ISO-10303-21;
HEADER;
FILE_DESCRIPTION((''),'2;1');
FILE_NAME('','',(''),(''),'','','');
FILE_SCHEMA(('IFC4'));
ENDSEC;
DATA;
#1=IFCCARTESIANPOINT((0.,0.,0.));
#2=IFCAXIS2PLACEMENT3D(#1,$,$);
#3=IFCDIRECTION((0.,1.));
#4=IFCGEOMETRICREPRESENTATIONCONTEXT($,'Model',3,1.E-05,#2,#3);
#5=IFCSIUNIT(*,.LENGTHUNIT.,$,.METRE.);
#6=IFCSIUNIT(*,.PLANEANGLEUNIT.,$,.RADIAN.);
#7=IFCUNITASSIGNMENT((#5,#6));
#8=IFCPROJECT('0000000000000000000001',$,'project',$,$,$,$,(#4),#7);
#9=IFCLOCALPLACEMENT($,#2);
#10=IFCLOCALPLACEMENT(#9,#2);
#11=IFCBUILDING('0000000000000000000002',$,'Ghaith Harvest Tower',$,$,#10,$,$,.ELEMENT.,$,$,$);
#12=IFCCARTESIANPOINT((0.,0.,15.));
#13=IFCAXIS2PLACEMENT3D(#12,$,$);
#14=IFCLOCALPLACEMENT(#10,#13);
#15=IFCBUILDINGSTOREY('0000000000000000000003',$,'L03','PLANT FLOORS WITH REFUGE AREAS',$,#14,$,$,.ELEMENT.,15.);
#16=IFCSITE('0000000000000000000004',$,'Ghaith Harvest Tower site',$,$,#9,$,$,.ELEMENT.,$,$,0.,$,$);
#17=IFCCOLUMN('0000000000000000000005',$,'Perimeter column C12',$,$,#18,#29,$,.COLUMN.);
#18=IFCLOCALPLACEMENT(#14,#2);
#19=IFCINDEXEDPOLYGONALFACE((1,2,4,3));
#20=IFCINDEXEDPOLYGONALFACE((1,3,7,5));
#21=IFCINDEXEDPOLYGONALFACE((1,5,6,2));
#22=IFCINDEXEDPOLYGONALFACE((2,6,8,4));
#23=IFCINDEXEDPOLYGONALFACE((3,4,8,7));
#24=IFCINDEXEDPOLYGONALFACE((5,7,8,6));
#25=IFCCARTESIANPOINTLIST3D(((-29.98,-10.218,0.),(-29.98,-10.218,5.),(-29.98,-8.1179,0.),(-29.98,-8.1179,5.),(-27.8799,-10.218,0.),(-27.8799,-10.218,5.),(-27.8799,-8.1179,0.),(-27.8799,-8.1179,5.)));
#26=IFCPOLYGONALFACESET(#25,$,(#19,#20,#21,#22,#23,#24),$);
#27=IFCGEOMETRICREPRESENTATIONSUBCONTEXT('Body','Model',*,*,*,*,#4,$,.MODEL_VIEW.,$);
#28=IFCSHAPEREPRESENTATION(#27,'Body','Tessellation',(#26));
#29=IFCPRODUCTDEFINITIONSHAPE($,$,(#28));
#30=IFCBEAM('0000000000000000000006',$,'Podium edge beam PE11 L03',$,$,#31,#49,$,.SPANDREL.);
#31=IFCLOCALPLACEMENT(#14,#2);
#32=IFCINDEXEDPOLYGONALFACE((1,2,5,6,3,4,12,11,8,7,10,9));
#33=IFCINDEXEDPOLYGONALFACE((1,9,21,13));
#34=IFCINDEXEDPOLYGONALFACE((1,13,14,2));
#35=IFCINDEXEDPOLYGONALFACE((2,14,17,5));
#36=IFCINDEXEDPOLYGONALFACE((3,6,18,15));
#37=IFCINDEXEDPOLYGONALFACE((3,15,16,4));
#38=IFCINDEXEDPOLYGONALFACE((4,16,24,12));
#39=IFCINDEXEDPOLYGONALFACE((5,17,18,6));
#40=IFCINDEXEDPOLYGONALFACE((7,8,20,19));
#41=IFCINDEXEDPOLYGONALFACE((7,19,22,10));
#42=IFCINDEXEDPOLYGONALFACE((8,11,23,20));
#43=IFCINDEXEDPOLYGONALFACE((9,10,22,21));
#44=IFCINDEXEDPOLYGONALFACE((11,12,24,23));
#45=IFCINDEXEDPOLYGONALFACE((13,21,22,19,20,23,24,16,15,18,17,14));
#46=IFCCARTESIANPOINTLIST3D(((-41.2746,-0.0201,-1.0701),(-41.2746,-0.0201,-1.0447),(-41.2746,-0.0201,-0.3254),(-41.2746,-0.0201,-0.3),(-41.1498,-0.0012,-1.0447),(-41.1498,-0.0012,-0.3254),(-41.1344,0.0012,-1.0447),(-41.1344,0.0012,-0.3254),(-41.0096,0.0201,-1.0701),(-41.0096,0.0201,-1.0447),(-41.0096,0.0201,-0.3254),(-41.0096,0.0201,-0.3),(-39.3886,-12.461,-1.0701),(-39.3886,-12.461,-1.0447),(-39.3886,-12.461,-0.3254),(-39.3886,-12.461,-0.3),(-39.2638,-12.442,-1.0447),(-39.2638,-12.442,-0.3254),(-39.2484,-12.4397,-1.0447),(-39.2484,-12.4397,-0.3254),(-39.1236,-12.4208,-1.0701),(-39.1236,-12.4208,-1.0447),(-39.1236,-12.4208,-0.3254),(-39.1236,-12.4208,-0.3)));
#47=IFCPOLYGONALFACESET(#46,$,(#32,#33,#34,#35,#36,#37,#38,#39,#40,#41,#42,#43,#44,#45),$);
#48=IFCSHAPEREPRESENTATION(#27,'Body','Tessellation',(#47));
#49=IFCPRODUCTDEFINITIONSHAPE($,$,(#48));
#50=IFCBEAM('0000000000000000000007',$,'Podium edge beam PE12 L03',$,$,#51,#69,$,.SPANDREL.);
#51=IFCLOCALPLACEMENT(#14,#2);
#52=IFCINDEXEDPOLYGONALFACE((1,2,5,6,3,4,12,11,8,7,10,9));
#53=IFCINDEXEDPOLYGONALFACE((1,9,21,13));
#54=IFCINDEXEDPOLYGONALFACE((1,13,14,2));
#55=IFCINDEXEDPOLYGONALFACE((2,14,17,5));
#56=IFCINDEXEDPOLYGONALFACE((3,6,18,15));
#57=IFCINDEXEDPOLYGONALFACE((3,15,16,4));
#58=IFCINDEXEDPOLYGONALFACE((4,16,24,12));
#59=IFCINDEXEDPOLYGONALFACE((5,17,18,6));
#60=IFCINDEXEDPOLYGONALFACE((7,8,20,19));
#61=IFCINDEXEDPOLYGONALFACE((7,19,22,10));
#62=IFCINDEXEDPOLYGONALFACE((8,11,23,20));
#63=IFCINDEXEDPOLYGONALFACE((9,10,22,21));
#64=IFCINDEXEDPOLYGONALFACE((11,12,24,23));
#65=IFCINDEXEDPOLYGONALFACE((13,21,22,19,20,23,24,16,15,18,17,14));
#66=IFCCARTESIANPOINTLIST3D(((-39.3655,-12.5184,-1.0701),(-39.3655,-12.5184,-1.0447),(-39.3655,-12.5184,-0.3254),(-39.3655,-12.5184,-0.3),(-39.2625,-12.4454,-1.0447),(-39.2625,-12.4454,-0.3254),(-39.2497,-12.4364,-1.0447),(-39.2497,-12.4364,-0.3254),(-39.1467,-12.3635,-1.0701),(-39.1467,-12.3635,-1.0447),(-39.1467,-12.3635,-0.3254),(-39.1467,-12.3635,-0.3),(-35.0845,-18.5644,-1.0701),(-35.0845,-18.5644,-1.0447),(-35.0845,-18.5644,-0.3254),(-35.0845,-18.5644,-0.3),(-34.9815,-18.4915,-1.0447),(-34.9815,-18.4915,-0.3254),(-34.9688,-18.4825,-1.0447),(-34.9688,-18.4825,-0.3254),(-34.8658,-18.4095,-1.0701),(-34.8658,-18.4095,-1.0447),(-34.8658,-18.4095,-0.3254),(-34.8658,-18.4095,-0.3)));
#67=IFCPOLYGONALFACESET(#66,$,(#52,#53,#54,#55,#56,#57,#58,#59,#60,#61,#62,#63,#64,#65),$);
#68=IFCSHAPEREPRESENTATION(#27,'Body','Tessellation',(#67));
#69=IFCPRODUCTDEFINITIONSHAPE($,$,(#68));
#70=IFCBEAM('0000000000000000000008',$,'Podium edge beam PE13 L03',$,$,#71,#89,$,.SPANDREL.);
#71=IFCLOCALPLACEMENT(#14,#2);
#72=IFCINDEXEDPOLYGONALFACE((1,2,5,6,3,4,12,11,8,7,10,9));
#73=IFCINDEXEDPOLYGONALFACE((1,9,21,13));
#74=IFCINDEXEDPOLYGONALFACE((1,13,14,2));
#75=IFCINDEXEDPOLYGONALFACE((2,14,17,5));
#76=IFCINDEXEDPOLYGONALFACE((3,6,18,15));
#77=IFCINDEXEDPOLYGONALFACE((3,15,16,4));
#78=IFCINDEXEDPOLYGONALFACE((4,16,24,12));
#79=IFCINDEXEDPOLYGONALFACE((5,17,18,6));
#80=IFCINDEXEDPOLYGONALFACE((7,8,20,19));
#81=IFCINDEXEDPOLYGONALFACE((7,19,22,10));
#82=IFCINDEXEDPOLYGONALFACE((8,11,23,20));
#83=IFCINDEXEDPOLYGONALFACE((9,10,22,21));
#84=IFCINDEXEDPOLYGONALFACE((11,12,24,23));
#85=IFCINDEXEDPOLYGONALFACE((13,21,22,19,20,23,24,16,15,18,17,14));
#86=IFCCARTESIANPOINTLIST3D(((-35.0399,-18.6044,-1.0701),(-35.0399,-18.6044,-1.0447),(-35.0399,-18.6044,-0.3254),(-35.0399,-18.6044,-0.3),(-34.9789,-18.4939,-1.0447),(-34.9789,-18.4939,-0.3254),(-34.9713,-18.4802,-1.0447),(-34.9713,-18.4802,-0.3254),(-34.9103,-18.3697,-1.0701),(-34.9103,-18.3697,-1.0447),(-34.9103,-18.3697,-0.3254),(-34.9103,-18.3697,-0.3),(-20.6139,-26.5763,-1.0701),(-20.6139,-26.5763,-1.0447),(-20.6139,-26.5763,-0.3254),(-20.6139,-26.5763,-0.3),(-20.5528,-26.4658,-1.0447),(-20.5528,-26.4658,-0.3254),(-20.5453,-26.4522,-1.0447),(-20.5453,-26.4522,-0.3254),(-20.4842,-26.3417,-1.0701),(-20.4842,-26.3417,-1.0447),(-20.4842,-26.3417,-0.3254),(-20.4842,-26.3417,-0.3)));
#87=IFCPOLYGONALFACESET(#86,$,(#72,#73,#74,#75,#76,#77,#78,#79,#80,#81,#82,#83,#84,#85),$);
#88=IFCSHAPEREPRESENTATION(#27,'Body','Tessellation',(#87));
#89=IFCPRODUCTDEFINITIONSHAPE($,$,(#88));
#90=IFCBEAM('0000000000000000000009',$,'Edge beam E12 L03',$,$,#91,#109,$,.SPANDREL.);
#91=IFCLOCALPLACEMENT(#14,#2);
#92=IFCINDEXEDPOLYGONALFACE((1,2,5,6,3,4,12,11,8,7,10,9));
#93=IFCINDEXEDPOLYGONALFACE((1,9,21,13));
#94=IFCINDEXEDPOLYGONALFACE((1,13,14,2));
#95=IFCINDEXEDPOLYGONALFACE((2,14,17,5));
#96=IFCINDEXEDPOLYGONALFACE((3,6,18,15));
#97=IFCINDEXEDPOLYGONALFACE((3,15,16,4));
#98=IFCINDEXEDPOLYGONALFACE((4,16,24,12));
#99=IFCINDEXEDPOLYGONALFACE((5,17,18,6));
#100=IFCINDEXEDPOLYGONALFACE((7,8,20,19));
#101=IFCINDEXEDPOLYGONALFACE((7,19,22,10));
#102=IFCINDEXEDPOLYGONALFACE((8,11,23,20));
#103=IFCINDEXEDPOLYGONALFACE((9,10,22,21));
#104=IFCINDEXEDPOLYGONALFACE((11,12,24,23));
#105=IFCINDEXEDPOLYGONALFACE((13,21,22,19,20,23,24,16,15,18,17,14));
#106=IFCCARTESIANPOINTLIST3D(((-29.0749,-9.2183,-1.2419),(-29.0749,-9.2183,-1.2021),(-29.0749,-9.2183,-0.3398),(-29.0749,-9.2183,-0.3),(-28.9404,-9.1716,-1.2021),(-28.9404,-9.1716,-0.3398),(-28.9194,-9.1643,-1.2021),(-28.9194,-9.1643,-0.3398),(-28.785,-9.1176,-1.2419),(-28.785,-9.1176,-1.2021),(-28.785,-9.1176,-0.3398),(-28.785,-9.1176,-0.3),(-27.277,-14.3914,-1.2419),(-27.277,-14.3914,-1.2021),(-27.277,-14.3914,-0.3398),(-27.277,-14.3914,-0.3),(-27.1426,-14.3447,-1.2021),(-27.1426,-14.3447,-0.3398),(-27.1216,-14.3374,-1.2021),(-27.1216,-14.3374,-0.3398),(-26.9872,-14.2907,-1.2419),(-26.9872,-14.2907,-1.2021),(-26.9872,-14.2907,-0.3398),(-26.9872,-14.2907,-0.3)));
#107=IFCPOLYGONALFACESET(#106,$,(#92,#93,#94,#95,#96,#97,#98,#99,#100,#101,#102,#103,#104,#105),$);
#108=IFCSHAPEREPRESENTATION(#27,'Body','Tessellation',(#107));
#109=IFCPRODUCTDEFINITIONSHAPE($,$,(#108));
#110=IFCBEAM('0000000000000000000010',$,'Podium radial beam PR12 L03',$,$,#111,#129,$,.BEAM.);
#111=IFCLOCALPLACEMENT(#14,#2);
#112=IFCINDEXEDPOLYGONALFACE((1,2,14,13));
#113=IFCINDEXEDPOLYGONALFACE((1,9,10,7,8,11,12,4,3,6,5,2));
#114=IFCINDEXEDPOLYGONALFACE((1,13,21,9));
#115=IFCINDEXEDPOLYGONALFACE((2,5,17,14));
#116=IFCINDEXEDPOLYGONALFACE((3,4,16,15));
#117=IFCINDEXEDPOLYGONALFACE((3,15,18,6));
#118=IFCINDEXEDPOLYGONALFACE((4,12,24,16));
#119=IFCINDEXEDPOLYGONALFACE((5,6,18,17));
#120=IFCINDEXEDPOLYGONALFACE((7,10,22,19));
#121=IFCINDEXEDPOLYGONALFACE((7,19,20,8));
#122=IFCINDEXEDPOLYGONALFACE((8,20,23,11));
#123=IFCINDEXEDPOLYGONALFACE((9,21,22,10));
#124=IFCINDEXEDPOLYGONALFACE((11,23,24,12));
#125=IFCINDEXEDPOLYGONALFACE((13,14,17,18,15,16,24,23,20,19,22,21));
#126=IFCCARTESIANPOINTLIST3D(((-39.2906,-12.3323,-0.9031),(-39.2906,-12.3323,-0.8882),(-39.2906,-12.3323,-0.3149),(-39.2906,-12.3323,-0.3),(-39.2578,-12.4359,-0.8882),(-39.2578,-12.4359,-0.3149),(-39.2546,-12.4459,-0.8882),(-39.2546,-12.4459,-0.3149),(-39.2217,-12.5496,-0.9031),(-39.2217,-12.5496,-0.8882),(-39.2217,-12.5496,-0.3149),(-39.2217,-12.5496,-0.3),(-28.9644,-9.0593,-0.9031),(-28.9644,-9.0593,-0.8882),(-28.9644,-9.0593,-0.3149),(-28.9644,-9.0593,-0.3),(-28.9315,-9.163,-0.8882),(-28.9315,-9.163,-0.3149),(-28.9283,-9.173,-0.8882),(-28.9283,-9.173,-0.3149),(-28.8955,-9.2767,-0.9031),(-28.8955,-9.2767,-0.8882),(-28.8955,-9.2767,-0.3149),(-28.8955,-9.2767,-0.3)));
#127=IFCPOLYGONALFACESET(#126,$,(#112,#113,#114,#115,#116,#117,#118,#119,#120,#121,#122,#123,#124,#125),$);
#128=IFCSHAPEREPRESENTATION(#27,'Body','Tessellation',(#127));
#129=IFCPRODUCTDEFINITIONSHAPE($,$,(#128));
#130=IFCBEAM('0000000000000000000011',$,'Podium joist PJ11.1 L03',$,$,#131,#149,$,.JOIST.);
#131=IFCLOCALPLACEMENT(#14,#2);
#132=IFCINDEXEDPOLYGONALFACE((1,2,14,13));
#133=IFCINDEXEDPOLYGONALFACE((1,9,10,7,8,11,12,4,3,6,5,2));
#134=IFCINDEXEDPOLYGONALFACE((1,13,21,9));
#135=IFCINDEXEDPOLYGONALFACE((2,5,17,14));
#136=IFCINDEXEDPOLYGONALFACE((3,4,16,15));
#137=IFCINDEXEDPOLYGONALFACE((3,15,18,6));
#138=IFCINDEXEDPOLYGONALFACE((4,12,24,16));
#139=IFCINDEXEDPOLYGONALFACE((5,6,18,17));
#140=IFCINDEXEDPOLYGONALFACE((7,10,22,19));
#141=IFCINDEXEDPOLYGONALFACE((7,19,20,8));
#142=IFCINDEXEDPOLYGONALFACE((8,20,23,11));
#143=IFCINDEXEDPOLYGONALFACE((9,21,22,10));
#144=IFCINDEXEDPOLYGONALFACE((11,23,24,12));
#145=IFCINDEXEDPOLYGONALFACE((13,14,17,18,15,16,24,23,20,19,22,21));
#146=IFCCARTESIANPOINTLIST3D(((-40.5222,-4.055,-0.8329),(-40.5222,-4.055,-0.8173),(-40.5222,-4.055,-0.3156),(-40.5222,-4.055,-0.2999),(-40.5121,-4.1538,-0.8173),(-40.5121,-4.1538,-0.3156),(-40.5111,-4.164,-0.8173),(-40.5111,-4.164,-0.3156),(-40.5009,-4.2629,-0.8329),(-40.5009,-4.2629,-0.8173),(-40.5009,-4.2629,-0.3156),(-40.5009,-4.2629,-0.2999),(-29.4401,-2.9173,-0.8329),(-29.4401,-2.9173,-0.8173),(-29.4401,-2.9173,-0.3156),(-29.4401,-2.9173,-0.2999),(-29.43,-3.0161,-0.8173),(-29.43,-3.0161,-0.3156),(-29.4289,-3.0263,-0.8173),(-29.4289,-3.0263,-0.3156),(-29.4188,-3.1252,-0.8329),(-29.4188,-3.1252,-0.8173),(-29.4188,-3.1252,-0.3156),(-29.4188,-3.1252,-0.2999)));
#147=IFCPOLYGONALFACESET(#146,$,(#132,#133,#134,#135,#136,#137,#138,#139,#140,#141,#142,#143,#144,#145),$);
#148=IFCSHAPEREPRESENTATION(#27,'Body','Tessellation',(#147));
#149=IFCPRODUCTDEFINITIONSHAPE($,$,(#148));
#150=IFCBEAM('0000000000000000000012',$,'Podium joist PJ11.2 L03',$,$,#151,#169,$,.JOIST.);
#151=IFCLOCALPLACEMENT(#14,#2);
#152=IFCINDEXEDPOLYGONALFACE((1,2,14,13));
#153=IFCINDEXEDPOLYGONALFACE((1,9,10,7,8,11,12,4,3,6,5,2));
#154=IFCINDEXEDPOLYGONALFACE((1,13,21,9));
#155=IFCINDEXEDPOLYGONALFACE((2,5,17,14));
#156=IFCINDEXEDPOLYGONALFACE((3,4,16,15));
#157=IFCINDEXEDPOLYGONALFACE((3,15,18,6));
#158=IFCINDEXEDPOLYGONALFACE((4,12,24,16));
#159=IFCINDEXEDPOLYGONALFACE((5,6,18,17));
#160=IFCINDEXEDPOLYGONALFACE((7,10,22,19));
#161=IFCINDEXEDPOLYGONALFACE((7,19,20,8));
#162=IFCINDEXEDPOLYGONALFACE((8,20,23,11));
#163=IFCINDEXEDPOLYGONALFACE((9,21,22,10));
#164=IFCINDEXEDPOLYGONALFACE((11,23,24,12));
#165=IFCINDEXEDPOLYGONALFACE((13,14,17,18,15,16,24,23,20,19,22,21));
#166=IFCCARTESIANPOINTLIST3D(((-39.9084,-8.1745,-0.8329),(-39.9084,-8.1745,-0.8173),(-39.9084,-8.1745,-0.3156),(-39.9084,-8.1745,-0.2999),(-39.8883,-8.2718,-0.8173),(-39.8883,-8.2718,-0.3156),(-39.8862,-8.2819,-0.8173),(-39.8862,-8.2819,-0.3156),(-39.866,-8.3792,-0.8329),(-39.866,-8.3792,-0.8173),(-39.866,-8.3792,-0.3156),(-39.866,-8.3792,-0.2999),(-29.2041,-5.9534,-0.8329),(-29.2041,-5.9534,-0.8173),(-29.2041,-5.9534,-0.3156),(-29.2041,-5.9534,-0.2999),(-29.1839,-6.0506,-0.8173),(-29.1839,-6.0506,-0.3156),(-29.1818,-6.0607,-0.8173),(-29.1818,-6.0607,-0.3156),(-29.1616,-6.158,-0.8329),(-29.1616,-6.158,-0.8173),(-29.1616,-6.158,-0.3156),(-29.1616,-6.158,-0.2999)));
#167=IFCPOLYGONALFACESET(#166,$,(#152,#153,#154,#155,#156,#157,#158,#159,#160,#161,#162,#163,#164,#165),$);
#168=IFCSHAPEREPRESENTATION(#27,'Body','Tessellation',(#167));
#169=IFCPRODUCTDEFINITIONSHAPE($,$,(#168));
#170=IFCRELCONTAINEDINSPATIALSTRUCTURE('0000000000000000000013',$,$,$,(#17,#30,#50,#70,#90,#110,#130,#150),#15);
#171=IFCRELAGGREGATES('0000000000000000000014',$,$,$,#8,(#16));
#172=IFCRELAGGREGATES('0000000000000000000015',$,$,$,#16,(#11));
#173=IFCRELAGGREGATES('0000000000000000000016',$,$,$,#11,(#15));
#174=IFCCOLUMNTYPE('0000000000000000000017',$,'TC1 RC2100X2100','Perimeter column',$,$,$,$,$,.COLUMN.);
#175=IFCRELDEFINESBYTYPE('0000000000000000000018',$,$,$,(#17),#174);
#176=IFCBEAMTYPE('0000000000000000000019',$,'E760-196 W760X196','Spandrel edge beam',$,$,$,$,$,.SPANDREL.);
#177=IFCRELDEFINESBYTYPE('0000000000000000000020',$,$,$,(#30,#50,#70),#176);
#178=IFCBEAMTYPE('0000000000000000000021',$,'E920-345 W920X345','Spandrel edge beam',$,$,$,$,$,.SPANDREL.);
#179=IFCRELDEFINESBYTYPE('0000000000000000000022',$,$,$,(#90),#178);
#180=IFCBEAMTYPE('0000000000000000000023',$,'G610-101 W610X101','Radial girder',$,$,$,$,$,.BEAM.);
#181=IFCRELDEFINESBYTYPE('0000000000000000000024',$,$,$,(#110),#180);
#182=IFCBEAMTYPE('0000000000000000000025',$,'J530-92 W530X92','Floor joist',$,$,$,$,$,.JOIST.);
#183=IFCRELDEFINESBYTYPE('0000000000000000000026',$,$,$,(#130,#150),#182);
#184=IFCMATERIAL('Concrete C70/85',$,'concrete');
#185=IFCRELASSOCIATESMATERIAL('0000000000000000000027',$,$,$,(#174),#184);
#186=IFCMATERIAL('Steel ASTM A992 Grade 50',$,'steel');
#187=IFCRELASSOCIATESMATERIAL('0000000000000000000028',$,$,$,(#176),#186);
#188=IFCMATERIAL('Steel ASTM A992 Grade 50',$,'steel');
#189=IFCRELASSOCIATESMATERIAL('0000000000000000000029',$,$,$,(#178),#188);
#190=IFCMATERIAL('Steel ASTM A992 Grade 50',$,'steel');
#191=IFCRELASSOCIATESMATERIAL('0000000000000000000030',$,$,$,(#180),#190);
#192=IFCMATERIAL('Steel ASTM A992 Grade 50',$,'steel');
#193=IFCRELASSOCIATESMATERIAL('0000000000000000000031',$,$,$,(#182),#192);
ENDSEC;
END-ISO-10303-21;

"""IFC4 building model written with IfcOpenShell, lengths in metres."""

from ifc_helpers import new_model, si_unit, direction, frame, origin, origin_2d, place, context, subcontext, project, spatial, rectangle, i_section, extrude, material, material_profile, profile_set, type_object, element, save


model = new_model("IFC4")

# Units and contexts
model_context = context("Model", 3, precision=1e-05, world=origin(), true_north=direction((0.0, 1.0)))
body_context = subcontext(model_context, "Body", "Model", "MODEL_VIEW")
ifc_project = project(units=[si_unit("LENGTHUNIT", "METRE"), si_unit("PLANEANGLEUNIT", "RADIAN")], contexts=[model_context])

# Site, building, storey
site_placement = place(None, origin())
site = spatial("IfcSite", under=ifc_project, at=site_placement, Name="Ghaith Harvest Tower site", CompositionType="ELEMENT", RefElevation=0.0)
building_placement = place(site_placement, origin())
building = spatial("IfcBuilding", under=site, at=building_placement, Name="Ghaith Harvest Tower", CompositionType="ELEMENT")
storey_placement = place(building_placement, frame((0.0, 0.0, 15.0)))
storey = spatial("IfcBuildingStorey", under=building, at=storey_placement, Name="L03", Description="PLANT FLOORS WITH REFUGE AREAS", CompositionType="ELEMENT", Elevation=15.0)

# Column
ifc_material_1 = material(Name="Concrete C70/85", Category="concrete")
ifc_material_profile_1 = material_profile(ifc_material_1, rectangle(XDim=2.1001, YDim=2.1001, at=origin_2d()), Name="RC2100X2100")
ifc_profile_set_1 = profile_set([ifc_material_profile_1], Name="Concrete C70/85")
column_type = type_object("IfcColumnType", Name="TC1 RC2100X2100", Description="Perimeter column", PredefinedType="COLUMN", material=ifc_profile_set_1)
column_placement = place(storey_placement, frame((-28.9299, -9.168, 0.0), z_axis=(0.0, 0.0, 1.0), x_axis=(1.0, 0.0, 0.0)))
element("IfcColumn", 1, at=column_placement, inside=storey, type_object=column_type, Name="Perimeter column C12", PredefinedType="COLUMN", context=body_context, shape_type="SweptSolid", body=[
    extrude(rectangle(XDim=2.1001, YDim=2.1001, at=origin_2d()), origin(), (0.0, 0.0, 1.0), 5.0),
])

# Beams
ifc_material_2 = material(Name="Steel ASTM A992 Grade 50", Category="steel")
ifc_material_profile_2 = material_profile(ifc_material_2, i_section(OverallWidth=0.2681, OverallDepth=0.77, WebThickness=0.0156, FlangeThickness=0.0254, at=origin_2d()), Name="W760X196")
ifc_profile_set_2 = profile_set([ifc_material_profile_2], Name="Steel ASTM A992 Grade 50")
beam_type_1 = type_object("IfcBeamType", Name="E760-196 W760X196", Description="Spandrel edge beam", PredefinedType="SPANDREL", material=ifc_profile_set_2)
beam_1_placement = place(storey_placement, frame((-41.1421, 0.0, -0.6851), z_axis=(0.149883, -0.988704, 0.0), x_axis=(0.988704, 0.149883, 0.0)))
element("IfcBeam", 2, at=beam_1_placement, inside=storey, type_object=beam_type_1, Name="Podium edge beam PE11 L03", PredefinedType="SPANDREL", context=body_context, shape_type="SweptSolid", body=[
    extrude(i_section(OverallWidth=0.2681, OverallDepth=0.77, WebThickness=0.0156, FlangeThickness=0.0254, at=origin_2d()), origin(), (0.0, 0.0, 1.0), 12.583),
])
beam_2_placement = place(storey_placement, frame((-39.2561, -12.4409, -0.6851), z_axis=(0.577866, -0.816131, 0.0), x_axis=(0.816131, 0.577866, 0.0)))
element("IfcBeam", 3, at=beam_2_placement, inside=storey, type_object=beam_type_1, Name="Podium edge beam PE12 L03", PredefinedType="SPANDREL", context=body_context, shape_type="SweptSolid", body=[
    extrude(i_section(OverallWidth=0.2681, OverallDepth=0.77, WebThickness=0.0156, FlangeThickness=0.0254, at=origin_2d()), origin(), (0.0, 0.0, 1.0), 7.4082),
])
beam_3_placement = place(storey_placement, frame((-34.9751, -18.4871, -0.6851), z_axis=(0.875251, -0.48367, 0.0), x_axis=(0.48367, 0.875251, 0.0)))
element("IfcBeam", 4, at=beam_3_placement, inside=storey, type_object=beam_type_1, Name="Podium edge beam PE13 L03", PredefinedType="SPANDREL", context=body_context, shape_type="SweptSolid", body=[
    extrude(i_section(OverallWidth=0.2681, OverallDepth=0.77, WebThickness=0.0156, FlangeThickness=0.0254, at=origin_2d()), origin(), (0.0, 0.0, 1.0), 16.4822),
])
ifc_material_3 = material(Name="Steel ASTM A992 Grade 50", Category="steel")
ifc_material_profile_3 = material_profile(ifc_material_3, i_section(OverallWidth=0.3069, OverallDepth=0.9419, WebThickness=0.0222, FlangeThickness=0.0398, at=origin_2d()), Name="W920X345")
ifc_profile_set_3 = profile_set([ifc_material_profile_3], Name="Steel ASTM A992 Grade 50")
beam_type_2 = type_object("IfcBeamType", Name="E920-345 W920X345", Description="Spandrel edge beam", PredefinedType="SPANDREL", material=ifc_profile_set_3)
beam_4_placement = place(storey_placement, frame((-28.9299, -9.168, -0.771), z_axis=(0.328279, -0.944581, 0.0), x_axis=(0.944581, 0.328279, 0.0)))
element("IfcBeam", 5, at=beam_4_placement, inside=storey, type_object=beam_type_2, Name="Edge beam E12 L03", PredefinedType="SPANDREL", context=body_context, shape_type="SweptSolid", body=[
    extrude(i_section(OverallWidth=0.3069, OverallDepth=0.9419, WebThickness=0.0222, FlangeThickness=0.0398, at=origin_2d()), origin(), (0.0, 0.0, 1.0), 5.4766),
])
ifc_material_4 = material(Name="Steel ASTM A992 Grade 50", Category="steel")
ifc_material_profile_4 = material_profile(ifc_material_4, i_section(OverallWidth=0.228, OverallDepth=0.603, WebThickness=0.0105, FlangeThickness=0.0149, at=origin_2d()), Name="W610X101")
ifc_profile_set_4 = profile_set([ifc_material_profile_4], Name="Steel ASTM A992 Grade 50")
beam_type_3 = type_object("IfcBeamType", Name="G610-101 W610X101", Description="Radial girder", PredefinedType="BEAM", material=ifc_profile_set_4)
beam_5_placement = place(storey_placement, frame((-28.9299, -9.168, -0.6016), z_axis=(-0.953263, -0.302143, 0.0), x_axis=(0.302143, -0.953263, 0.0)))
element("IfcBeam", 6, at=beam_5_placement, inside=storey, type_object=beam_type_3, Name="Podium radial beam PR12 L03", PredefinedType="BEAM", context=body_context, shape_type="SweptSolid", body=[
    extrude(i_section(OverallWidth=0.228, OverallDepth=0.603, WebThickness=0.0105, FlangeThickness=0.0149, at=origin_2d()), origin(), (0.0, 0.0, 1.0), 10.8325),
])
ifc_material_5 = material(Name="Steel ASTM A992 Grade 50", Category="steel")
ifc_material_profile_5 = material_profile(ifc_material_5, i_section(OverallWidth=0.209, OverallDepth=0.533, WebThickness=0.0103, FlangeThickness=0.0156, at=origin_2d()), Name="W530X92")
ifc_profile_set_5 = profile_set([ifc_material_profile_5], Name="Steel ASTM A992 Grade 50")
beam_type_4 = type_object("IfcBeamType", Name="J530-92 W530X92", Description="Floor joist", PredefinedType="JOIST", material=ifc_profile_set_5)
beam_6_placement = place(storey_placement, frame((-29.4294, -3.0212, -0.5664), z_axis=(-0.994772, -0.102125, 0.0), x_axis=(0.102125, -0.994772, 0.0)))
element("IfcBeam", 7, at=beam_6_placement, inside=storey, type_object=beam_type_4, Name="Podium joist PJ11.1 L03", PredefinedType="JOIST", context=body_context, shape_type="SweptSolid", body=[
    extrude(i_section(OverallWidth=0.209, OverallDepth=0.533, WebThickness=0.0103, FlangeThickness=0.0156, at=origin_2d()), origin(), (0.0, 0.0, 1.0), 11.1404),
])
beam_7_placement = place(storey_placement, frame((-29.1829, -6.0557, -0.5664), z_axis=(-0.979142, -0.203176, 0.0), x_axis=(0.203176, -0.979142, 0.0)))
element("IfcBeam", 8, at=beam_7_placement, inside=storey, type_object=beam_type_4, Name="Podium joist PJ11.2 L03", PredefinedType="JOIST", context=body_context, shape_type="SweptSolid", body=[
    extrude(i_section(OverallWidth=0.209, OverallDepth=0.533, WebThickness=0.0103, FlangeThickness=0.0156, at=origin_2d()), origin(), (0.0, 0.0, 1.0), 10.9324),
])

save(model, "model.ifc")
